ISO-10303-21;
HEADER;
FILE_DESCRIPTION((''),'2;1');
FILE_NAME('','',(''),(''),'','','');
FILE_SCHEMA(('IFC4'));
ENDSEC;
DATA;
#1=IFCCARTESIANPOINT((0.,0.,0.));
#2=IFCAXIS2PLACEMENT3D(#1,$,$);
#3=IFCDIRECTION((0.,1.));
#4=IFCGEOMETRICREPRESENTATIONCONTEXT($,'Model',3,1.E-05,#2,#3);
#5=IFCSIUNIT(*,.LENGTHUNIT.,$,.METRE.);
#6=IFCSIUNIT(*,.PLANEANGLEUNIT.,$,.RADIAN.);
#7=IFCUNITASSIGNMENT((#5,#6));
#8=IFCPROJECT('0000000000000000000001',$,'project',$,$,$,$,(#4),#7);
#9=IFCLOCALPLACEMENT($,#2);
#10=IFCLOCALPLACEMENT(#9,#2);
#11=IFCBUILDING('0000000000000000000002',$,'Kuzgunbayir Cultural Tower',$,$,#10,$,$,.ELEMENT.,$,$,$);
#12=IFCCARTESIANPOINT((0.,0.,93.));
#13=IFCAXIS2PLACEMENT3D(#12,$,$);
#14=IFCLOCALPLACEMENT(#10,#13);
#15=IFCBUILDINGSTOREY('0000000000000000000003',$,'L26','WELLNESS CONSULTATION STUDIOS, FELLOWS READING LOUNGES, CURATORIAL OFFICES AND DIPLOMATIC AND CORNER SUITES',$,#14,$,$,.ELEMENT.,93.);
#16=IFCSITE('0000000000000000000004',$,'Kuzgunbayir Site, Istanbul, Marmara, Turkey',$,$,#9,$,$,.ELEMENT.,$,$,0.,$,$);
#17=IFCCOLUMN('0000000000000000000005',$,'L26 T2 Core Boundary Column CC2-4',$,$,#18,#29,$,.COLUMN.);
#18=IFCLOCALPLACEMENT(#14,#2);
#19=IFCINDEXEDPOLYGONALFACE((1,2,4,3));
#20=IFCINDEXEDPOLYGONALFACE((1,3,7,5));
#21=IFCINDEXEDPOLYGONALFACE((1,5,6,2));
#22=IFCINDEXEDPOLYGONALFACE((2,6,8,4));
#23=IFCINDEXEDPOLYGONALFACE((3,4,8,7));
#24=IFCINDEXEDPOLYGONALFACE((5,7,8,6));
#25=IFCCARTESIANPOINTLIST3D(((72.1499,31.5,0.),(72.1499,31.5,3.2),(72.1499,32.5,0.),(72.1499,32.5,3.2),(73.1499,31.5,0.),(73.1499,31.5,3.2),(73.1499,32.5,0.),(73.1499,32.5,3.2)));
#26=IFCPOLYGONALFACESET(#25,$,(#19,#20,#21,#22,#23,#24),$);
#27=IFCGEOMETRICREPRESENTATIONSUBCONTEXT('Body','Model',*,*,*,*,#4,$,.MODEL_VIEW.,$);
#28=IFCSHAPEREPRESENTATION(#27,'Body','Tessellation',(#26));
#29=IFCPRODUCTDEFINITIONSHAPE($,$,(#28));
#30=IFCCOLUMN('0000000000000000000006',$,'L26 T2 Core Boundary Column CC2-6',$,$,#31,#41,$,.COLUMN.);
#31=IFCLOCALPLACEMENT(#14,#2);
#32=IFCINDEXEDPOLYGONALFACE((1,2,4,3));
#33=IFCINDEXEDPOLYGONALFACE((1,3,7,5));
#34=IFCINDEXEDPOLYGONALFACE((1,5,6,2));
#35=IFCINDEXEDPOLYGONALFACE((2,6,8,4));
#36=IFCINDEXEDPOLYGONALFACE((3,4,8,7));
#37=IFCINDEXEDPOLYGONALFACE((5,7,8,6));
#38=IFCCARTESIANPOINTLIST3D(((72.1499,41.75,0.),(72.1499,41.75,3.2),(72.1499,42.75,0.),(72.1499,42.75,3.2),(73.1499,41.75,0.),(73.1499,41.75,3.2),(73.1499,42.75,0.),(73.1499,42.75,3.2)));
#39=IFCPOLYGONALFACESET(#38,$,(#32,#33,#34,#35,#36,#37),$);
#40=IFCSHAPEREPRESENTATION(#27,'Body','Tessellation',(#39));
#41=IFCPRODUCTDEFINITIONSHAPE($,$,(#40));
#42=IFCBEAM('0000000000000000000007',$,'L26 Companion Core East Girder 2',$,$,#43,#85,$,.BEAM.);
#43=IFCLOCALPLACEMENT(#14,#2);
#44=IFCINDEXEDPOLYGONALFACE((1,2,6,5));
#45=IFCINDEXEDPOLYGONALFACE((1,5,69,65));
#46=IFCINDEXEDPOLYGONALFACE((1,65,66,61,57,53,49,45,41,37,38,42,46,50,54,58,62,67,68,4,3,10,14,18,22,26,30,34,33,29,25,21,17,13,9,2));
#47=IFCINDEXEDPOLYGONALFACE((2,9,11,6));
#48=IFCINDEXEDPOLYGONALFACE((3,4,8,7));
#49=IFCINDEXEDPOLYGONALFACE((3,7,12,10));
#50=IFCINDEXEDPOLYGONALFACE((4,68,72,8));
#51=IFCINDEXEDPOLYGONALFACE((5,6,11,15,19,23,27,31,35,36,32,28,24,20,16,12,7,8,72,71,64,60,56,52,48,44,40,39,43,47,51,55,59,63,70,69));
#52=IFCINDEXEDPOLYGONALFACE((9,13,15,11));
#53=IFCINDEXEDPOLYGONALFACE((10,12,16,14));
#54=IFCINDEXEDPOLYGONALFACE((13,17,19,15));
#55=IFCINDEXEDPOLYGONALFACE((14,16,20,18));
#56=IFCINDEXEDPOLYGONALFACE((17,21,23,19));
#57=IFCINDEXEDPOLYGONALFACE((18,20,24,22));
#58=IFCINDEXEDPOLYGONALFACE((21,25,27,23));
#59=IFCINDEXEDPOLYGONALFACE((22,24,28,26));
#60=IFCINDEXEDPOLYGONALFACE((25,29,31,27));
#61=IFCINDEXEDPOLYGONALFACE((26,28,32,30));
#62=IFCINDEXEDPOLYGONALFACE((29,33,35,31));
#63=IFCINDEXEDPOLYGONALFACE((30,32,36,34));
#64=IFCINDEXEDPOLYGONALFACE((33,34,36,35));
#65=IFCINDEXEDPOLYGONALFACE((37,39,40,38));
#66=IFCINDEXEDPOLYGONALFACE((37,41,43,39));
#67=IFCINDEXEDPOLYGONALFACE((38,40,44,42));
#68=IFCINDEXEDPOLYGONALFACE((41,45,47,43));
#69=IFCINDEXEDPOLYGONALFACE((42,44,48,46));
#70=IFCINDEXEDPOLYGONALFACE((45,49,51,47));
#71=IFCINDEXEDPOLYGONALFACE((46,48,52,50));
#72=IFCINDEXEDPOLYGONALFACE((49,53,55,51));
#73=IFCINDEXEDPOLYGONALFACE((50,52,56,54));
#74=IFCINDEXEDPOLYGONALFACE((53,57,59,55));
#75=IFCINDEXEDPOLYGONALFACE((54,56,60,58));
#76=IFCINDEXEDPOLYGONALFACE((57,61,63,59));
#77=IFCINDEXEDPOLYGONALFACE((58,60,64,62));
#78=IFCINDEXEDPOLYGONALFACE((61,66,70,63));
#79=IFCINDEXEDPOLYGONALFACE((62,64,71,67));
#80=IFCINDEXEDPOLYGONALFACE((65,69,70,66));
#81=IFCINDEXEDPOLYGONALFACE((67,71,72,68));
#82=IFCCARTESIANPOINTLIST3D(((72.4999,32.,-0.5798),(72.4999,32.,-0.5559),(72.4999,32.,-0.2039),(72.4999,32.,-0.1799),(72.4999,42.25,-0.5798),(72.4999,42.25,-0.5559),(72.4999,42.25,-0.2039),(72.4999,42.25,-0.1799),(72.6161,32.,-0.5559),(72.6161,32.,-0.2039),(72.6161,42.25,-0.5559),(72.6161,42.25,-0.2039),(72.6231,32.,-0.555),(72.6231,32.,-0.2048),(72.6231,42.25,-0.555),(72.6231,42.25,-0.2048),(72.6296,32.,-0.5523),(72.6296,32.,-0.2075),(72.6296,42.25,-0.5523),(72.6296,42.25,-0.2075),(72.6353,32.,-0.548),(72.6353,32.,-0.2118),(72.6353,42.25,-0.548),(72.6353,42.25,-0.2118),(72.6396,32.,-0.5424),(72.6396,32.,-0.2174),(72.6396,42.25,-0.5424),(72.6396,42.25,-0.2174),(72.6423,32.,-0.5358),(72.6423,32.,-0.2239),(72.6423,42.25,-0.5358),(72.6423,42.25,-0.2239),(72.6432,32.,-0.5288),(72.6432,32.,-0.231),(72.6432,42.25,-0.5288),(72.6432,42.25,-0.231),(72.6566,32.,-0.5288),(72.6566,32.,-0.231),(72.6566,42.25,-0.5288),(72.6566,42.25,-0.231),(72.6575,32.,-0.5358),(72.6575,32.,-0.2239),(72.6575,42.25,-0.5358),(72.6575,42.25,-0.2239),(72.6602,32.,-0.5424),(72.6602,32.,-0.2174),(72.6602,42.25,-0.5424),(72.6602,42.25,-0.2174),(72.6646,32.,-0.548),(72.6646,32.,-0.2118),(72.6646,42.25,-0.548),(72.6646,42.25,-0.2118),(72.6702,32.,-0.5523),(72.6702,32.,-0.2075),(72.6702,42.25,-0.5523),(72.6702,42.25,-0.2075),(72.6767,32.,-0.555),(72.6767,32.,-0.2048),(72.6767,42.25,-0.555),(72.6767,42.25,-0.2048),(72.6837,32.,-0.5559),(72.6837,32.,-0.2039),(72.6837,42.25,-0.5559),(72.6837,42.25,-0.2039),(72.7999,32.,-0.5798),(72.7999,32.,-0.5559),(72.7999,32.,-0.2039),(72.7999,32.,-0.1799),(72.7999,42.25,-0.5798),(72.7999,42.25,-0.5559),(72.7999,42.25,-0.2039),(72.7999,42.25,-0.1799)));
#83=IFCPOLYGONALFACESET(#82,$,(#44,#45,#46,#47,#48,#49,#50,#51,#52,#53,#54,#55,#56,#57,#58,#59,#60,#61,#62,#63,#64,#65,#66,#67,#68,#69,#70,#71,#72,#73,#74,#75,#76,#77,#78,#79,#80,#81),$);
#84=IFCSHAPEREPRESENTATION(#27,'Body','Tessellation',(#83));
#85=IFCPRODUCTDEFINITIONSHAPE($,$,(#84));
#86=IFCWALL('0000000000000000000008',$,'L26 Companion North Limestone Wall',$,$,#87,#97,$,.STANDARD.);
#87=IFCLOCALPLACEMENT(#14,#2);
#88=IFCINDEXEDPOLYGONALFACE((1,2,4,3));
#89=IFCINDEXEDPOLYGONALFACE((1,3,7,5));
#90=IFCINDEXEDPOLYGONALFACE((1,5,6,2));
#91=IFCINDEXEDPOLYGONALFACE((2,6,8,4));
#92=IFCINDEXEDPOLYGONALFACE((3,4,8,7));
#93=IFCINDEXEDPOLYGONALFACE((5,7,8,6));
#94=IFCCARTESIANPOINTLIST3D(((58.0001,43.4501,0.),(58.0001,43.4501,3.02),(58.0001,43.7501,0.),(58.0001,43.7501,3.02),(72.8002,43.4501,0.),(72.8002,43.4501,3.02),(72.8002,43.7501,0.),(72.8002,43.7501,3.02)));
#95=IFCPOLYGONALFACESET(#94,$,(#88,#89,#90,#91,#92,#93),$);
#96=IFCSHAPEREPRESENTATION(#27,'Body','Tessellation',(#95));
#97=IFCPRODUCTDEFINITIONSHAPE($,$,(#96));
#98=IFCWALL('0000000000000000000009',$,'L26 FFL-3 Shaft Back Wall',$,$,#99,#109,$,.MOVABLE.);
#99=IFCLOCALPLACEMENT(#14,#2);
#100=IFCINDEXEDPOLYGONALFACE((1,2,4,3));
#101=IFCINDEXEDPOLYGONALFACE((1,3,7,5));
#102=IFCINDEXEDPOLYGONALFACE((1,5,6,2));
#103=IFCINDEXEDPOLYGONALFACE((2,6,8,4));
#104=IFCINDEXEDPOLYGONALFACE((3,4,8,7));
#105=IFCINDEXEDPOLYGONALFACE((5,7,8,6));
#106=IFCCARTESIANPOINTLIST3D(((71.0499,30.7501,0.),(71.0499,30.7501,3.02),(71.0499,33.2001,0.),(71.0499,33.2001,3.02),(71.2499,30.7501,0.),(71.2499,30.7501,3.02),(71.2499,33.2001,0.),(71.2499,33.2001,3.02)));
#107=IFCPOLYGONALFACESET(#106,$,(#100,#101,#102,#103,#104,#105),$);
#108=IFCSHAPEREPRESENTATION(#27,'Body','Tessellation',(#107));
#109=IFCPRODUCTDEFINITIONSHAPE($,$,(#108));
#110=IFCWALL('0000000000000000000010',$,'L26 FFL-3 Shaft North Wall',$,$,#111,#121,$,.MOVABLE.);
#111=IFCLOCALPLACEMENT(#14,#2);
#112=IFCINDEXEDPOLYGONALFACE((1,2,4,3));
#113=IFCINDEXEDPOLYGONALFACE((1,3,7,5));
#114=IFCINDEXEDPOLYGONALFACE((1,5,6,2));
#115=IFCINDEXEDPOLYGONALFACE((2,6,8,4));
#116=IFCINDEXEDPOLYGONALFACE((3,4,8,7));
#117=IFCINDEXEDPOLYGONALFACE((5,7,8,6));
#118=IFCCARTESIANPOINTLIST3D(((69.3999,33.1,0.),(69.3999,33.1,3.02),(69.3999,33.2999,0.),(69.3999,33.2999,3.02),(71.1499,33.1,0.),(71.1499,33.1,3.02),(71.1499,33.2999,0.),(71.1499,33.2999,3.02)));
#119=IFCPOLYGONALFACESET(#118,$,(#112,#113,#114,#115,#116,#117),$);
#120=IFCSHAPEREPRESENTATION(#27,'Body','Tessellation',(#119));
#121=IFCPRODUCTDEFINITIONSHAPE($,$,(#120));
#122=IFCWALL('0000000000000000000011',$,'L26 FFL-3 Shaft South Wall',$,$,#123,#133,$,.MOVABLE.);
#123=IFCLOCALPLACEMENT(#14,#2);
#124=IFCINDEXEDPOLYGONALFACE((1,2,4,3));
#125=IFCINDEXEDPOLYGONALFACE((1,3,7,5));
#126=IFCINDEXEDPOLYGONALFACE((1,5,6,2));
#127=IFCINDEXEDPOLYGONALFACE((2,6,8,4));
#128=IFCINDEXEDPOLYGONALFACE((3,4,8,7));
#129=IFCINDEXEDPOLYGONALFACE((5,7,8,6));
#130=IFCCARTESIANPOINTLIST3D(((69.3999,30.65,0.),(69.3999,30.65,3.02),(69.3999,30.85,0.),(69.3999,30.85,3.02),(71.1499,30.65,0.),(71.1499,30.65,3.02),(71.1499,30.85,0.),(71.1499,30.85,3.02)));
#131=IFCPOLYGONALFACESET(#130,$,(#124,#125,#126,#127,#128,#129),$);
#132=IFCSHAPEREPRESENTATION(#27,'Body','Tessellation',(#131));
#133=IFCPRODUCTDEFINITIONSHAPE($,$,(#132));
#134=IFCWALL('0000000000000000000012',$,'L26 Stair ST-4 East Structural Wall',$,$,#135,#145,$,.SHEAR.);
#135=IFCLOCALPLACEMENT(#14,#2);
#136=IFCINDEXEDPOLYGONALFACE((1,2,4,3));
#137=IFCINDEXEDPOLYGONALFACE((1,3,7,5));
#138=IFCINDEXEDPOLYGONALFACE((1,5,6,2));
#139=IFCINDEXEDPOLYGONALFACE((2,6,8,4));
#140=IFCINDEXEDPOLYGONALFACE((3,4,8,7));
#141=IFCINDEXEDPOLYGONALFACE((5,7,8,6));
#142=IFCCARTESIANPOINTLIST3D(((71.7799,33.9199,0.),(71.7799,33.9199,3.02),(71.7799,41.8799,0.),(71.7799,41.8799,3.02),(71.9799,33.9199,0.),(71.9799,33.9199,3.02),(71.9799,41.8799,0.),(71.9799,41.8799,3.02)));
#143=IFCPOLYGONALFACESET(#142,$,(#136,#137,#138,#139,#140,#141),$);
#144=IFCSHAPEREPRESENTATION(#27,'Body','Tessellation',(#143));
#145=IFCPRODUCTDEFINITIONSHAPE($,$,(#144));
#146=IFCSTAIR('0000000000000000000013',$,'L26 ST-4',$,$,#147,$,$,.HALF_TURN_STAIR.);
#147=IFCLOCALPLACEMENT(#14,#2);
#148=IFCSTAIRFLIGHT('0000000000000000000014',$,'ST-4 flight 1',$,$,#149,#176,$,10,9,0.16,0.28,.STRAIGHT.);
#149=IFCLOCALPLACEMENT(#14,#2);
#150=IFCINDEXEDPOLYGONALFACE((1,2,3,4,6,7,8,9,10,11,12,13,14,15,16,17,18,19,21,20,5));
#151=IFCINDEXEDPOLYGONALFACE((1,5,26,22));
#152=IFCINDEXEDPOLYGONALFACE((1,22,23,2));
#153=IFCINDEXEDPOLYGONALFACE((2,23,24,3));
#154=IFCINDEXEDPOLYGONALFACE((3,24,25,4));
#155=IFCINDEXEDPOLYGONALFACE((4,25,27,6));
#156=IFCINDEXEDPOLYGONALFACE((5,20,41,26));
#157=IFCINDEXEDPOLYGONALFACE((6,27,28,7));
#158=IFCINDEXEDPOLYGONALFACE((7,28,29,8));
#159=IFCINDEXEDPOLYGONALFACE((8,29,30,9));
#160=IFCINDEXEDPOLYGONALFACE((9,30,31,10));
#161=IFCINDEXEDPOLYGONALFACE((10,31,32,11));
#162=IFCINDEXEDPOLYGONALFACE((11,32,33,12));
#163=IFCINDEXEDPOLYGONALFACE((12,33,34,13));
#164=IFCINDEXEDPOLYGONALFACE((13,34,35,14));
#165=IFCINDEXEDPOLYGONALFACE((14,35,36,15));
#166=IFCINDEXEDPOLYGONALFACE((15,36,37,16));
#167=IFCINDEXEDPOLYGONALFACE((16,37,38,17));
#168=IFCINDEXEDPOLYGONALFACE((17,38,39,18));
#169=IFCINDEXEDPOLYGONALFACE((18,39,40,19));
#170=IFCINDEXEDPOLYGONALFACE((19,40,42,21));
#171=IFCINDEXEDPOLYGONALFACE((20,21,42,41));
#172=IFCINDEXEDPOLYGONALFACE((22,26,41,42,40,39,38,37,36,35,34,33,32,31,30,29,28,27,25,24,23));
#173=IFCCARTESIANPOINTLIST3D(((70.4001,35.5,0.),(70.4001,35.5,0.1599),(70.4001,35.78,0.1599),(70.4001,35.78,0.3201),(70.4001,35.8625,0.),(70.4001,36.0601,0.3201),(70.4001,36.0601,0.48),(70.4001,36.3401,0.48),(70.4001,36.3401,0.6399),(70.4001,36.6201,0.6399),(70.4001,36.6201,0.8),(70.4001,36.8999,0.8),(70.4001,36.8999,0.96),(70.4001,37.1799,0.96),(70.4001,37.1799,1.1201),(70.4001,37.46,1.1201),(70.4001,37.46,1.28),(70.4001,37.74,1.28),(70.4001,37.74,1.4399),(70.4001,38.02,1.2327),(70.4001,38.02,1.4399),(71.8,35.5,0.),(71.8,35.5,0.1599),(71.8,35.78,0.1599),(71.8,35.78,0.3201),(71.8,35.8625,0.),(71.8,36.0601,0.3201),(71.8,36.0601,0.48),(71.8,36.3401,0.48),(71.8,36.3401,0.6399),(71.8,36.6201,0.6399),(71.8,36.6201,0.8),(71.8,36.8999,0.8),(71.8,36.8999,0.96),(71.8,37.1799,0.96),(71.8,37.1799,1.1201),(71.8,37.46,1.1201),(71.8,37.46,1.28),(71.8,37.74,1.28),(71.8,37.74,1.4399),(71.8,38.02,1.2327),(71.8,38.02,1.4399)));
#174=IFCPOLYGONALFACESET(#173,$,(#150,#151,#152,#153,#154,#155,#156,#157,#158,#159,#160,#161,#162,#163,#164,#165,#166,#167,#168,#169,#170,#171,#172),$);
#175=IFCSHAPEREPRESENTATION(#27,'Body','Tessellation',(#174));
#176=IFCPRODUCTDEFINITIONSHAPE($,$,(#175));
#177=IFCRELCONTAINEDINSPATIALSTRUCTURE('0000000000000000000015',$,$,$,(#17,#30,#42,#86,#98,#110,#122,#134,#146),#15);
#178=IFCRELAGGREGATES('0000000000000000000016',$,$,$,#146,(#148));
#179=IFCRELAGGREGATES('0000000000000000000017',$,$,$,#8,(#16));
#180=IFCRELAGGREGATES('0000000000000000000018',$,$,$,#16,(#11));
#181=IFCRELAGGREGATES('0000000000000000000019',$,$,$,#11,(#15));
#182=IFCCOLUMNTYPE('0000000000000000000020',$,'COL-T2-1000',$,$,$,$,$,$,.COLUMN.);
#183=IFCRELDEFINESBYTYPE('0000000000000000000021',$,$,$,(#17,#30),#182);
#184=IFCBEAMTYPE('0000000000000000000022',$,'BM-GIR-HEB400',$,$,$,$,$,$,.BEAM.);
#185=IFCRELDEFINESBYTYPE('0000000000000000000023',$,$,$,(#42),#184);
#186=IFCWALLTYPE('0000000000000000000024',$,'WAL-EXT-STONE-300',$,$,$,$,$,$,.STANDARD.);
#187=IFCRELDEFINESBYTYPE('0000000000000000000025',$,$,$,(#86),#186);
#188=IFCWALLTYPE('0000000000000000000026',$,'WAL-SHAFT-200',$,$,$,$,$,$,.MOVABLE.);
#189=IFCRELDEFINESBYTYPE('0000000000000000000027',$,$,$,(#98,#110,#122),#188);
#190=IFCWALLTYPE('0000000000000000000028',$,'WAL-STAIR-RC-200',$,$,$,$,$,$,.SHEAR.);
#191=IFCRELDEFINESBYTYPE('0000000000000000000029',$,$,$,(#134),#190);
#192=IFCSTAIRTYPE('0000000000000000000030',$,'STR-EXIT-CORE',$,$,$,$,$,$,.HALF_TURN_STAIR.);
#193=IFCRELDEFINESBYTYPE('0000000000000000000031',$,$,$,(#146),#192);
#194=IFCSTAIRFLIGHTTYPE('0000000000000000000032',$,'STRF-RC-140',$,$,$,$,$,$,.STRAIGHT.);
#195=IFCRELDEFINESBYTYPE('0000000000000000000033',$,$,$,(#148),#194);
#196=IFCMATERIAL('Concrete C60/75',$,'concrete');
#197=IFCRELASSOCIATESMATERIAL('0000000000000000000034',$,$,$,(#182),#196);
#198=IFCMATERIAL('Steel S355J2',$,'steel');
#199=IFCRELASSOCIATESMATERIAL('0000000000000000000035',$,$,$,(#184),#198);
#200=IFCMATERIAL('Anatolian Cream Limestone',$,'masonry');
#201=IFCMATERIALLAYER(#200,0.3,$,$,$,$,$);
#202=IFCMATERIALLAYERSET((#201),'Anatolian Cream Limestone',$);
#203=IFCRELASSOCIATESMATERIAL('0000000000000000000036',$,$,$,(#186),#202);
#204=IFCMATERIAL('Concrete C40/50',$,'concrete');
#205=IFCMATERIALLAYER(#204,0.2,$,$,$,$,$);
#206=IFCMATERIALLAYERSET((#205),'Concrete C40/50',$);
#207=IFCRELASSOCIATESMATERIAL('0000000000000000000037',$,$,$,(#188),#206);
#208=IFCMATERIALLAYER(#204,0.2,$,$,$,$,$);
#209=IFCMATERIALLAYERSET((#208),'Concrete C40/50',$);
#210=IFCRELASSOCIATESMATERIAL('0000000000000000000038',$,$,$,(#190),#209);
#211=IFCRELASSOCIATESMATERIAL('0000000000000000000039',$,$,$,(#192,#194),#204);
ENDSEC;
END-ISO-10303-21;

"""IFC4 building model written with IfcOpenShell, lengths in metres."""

from ifc_helpers import new_model, si_unit, direction, frame, frame_2d, origin, origin_2d, place, context, subcontext, project, spatial, polyline, rectangle, i_section, outline, extrude, material, layer, layer_set, material_profile, profile_set, type_object, element, aggregate, save


model = new_model("IFC4")

# Units and contexts
model_context = context("Model", 3, precision=1e-05, world=origin(), true_north=direction((0.0, 1.0)))
body_context = subcontext(model_context, "Body", "Model", "MODEL_VIEW")
ifc_project = project(units=[si_unit("LENGTHUNIT", "METRE"), si_unit("PLANEANGLEUNIT", "RADIAN")], contexts=[model_context])

# Site, building, storey
site_placement = place(None, origin())
site = spatial("IfcSite", under=ifc_project, at=site_placement, Name="Kuzgunbayir Site, Istanbul, Marmara, Turkey", CompositionType="ELEMENT", RefElevation=0.0)
building_placement = place(site_placement, origin())
building = spatial("IfcBuilding", under=site, at=building_placement, Name="Kuzgunbayir Cultural Tower", CompositionType="ELEMENT")
storey_placement = place(building_placement, frame((0.0, 0.0, 93.0)))
storey = spatial("IfcBuildingStorey", under=building, at=storey_placement, Name="L26", Description="WELLNESS CONSULTATION STUDIOS, FELLOWS READING LOUNGES, CURATORIAL OFFICES AND DIPLOMATIC AND CORNER SUITES", CompositionType="ELEMENT", Elevation=93.0)

# Columns
ifc_material_1 = material(Name="Concrete C60/75", Category="concrete")
ifc_material_profile_1 = material_profile(ifc_material_1, rectangle(XDim=1.0, YDim=1.0, at=origin_2d()), Name="RC 1000x1000")
ifc_profile_set_1 = profile_set([ifc_material_profile_1], Name="Concrete C60/75")
column_type = type_object("IfcColumnType", Name="COL-T2-1000", PredefinedType="COLUMN", material=ifc_profile_set_1)
for number, where, z_axis, x_axis, name in (
    (1, (72.6499, 32.0, 0.0), (0.0, 0.0, 1.0), (1.0, 0.0, 0.0), "L26 T2 Core Boundary Column CC2-4"),
    (2, (72.6499, 42.25, 0.0), (0.0, 0.0, 1.0), (1.0, 0.0, 0.0), "L26 T2 Core Boundary Column CC2-6"),
):
    element("IfcColumn", number, at=place(storey_placement, frame(where, z_axis=z_axis, x_axis=x_axis)), inside=storey, type_object=column_type, Name=name, PredefinedType="COLUMN", context=body_context, shape_type="SweptSolid", body=[
        extrude(rectangle(XDim=1.0, YDim=1.0, at=origin_2d()), origin(), (0.0, 0.0, 1.0), 3.2),
    ])

# Beam
ifc_material_2 = material(Name="Steel S355J2", Category="steel")
ifc_material_profile_2 = material_profile(ifc_material_2, i_section(OverallWidth=0.3, OverallDepth=0.3999, WebThickness=0.0134, FlangeThickness=0.0239, FilletRadius=0.0271, at=origin_2d()), Name="HEB 400")
ifc_profile_set_2 = profile_set([ifc_material_profile_2], Name="Steel S355J2")
beam_type = type_object("IfcBeamType", Name="BM-GIR-HEB400", PredefinedType="BEAM", material=ifc_profile_set_2)
beam_placement = place(storey_placement, frame((72.6499, 32.0, -0.3799), z_axis=(0.0, 1.0, 0.0), x_axis=(-1.0, 0.0, 0.0)))
element("IfcBeam", 3, at=beam_placement, inside=storey, type_object=beam_type, Name="L26 Companion Core East Girder 2", PredefinedType="BEAM", context=body_context, shape_type="SweptSolid", body=[
    extrude(i_section(OverallWidth=0.3, OverallDepth=0.3999, WebThickness=0.0134, FlangeThickness=0.0239, FilletRadius=0.0271, at=origin_2d()), origin(), (0.0, 0.0, 1.0), 10.25),
])

# Walls
ifc_material_3 = material(Name="Anatolian Cream Limestone", Category="masonry")
ifc_layer_1 = layer(ifc_material_3, 0.3)
ifc_layer_set_1 = layer_set([ifc_layer_1], Name="Anatolian Cream Limestone")
wall_type_1 = type_object("IfcWallType", Name="WAL-EXT-STONE-300", PredefinedType="STANDARD", material=ifc_layer_set_1)
wall_1_placement = place(storey_placement, frame((72.8, 43.6001, 0.0), z_axis=(0.0, 0.0, 1.0), x_axis=(-1.0, 0.0, 0.0)))
element("IfcWall", 4, at=wall_1_placement, inside=storey, type_object=wall_type_1, Name="L26 Companion North Limestone Wall", PredefinedType="STANDARD", context=body_context, shape_type="SweptSolid", body=[
    extrude(rectangle(XDim=14.8, YDim=0.3, at=frame_2d((7.3999, 0.0))), origin(), (0.0, 0.0, 1.0), 3.02),
])
ifc_material_4 = material(Name="Concrete C40/50", Category="concrete")
ifc_layer_2 = layer(ifc_material_4, 0.2)
ifc_layer_set_2 = layer_set([ifc_layer_2], Name="Concrete C40/50")
wall_type_2 = type_object("IfcWallType", Name="WAL-SHAFT-200", PredefinedType="MOVABLE", material=ifc_layer_set_2)
wall_2_placement = place(storey_placement, frame((71.1499, 30.75, 0.0), z_axis=(0.0, 0.0, 1.0), x_axis=(0.0, 1.0, 0.0)))
element("IfcWall", 5, at=wall_2_placement, inside=storey, type_object=wall_type_2, Name="L26 FFL-3 Shaft Back Wall", PredefinedType="MOVABLE", context=body_context, shape_type="SweptSolid", body=[
    extrude(rectangle(XDim=2.45, YDim=0.2, at=frame_2d((1.2251, 0.0))), origin(), (0.0, 0.0, 1.0), 3.02),
])
for number, where, z_axis, x_axis, name in (
    (6, (69.3999, 33.2, 0.0), (0.0, 0.0, 1.0), (1.0, 0.0, 0.0), "L26 FFL-3 Shaft North Wall"),
    (7, (69.3999, 30.75, 0.0), (0.0, 0.0, 1.0), (1.0, 0.0, 0.0), "L26 FFL-3 Shaft South Wall"),
):
    element("IfcWall", number, at=place(storey_placement, frame(where, z_axis=z_axis, x_axis=x_axis)), inside=storey, type_object=wall_type_2, Name=name, PredefinedType="MOVABLE", context=body_context, shape_type="SweptSolid", body=[
        extrude(rectangle(XDim=1.75, YDim=0.2, at=frame_2d((0.875, 0.0))), origin(), (0.0, 0.0, 1.0), 3.02),
    ])
ifc_layer_3 = layer(ifc_material_4, 0.2)
ifc_layer_set_3 = layer_set([ifc_layer_3], Name="Concrete C40/50")
wall_type_3 = type_object("IfcWallType", Name="WAL-STAIR-RC-200", PredefinedType="SHEAR", material=ifc_layer_set_3)
wall_3_placement = place(storey_placement, frame((71.8799, 33.9199, 0.0), z_axis=(0.0, 0.0, 1.0), x_axis=(0.0, 1.0, 0.0)))
element("IfcWall", 8, at=wall_3_placement, inside=storey, type_object=wall_type_3, Name="L26 Stair ST-4 East Structural Wall", PredefinedType="SHEAR", context=body_context, shape_type="SweptSolid", body=[
    extrude(rectangle(XDim=7.96, YDim=0.2, at=frame_2d((3.98, 0.0))), origin(), (0.0, 0.0, 1.0), 3.02),
])

# Stair, stair flight
stair_type = type_object("IfcStairType", Name="STR-EXIT-CORE", PredefinedType="HALF_TURN_STAIR", material=ifc_material_4)
stair_placement = place(storey_placement, origin())
stair = element("IfcStair", 9, at=stair_placement, inside=storey, type_object=stair_type, Name="L26 ST-4", PredefinedType="HALF_TURN_STAIR")
stair_flight_type = type_object("IfcStairFlightType", Name="STRF-RC-140", PredefinedType="STRAIGHT", material=ifc_material_4)
stair_flight_1_placement = place(storey_placement, frame((71.1001, 35.5, 0.0), z_axis=(0.0, 0.0, 1.0), x_axis=(0.0, 1.0, 0.0)))
stair_flight_1 = element("IfcStairFlight", 10, at=stair_flight_1_placement, type_object=stair_flight_type, Name="ST-4 flight 1", NumberOfRisers=10, NumberOfTreads=9, PredefinedType="STRAIGHT", RiserHeight=0.16, TreadLength=0.28, context=body_context, shape_type="SweptSolid", body=[
    extrude(outline(polyline([(0.0, 0.0), (0.0, 0.1599), (0.28, 0.1599), (0.28, 0.3201), (0.5601, 0.3201), (0.5601, 0.48), (0.8401, 0.48), (0.8401, 0.6399), (1.1201, 0.6399), (1.1201, 0.8), (1.3999, 0.8), (1.3999, 0.96), (1.6799, 0.96), (1.6799, 1.1201), (1.96, 1.1201), (1.96, 1.28), (2.24, 1.28), (2.24, 1.4399), (2.52, 1.4399), (2.52, 1.6001), (2.52, 1.2327), (0.3625, 0.0), (0.0, 0.0)])), frame((0.0, 0.7, 0.0), z_axis=(0.0, -1.0, 0.0), x_axis=(1.0, 0.0, 0.0)), (0.0, 0.0, 1.0), 1.3999),
])
aggregate(stair, [stair_flight_1])

save(model, "model.ifc")
